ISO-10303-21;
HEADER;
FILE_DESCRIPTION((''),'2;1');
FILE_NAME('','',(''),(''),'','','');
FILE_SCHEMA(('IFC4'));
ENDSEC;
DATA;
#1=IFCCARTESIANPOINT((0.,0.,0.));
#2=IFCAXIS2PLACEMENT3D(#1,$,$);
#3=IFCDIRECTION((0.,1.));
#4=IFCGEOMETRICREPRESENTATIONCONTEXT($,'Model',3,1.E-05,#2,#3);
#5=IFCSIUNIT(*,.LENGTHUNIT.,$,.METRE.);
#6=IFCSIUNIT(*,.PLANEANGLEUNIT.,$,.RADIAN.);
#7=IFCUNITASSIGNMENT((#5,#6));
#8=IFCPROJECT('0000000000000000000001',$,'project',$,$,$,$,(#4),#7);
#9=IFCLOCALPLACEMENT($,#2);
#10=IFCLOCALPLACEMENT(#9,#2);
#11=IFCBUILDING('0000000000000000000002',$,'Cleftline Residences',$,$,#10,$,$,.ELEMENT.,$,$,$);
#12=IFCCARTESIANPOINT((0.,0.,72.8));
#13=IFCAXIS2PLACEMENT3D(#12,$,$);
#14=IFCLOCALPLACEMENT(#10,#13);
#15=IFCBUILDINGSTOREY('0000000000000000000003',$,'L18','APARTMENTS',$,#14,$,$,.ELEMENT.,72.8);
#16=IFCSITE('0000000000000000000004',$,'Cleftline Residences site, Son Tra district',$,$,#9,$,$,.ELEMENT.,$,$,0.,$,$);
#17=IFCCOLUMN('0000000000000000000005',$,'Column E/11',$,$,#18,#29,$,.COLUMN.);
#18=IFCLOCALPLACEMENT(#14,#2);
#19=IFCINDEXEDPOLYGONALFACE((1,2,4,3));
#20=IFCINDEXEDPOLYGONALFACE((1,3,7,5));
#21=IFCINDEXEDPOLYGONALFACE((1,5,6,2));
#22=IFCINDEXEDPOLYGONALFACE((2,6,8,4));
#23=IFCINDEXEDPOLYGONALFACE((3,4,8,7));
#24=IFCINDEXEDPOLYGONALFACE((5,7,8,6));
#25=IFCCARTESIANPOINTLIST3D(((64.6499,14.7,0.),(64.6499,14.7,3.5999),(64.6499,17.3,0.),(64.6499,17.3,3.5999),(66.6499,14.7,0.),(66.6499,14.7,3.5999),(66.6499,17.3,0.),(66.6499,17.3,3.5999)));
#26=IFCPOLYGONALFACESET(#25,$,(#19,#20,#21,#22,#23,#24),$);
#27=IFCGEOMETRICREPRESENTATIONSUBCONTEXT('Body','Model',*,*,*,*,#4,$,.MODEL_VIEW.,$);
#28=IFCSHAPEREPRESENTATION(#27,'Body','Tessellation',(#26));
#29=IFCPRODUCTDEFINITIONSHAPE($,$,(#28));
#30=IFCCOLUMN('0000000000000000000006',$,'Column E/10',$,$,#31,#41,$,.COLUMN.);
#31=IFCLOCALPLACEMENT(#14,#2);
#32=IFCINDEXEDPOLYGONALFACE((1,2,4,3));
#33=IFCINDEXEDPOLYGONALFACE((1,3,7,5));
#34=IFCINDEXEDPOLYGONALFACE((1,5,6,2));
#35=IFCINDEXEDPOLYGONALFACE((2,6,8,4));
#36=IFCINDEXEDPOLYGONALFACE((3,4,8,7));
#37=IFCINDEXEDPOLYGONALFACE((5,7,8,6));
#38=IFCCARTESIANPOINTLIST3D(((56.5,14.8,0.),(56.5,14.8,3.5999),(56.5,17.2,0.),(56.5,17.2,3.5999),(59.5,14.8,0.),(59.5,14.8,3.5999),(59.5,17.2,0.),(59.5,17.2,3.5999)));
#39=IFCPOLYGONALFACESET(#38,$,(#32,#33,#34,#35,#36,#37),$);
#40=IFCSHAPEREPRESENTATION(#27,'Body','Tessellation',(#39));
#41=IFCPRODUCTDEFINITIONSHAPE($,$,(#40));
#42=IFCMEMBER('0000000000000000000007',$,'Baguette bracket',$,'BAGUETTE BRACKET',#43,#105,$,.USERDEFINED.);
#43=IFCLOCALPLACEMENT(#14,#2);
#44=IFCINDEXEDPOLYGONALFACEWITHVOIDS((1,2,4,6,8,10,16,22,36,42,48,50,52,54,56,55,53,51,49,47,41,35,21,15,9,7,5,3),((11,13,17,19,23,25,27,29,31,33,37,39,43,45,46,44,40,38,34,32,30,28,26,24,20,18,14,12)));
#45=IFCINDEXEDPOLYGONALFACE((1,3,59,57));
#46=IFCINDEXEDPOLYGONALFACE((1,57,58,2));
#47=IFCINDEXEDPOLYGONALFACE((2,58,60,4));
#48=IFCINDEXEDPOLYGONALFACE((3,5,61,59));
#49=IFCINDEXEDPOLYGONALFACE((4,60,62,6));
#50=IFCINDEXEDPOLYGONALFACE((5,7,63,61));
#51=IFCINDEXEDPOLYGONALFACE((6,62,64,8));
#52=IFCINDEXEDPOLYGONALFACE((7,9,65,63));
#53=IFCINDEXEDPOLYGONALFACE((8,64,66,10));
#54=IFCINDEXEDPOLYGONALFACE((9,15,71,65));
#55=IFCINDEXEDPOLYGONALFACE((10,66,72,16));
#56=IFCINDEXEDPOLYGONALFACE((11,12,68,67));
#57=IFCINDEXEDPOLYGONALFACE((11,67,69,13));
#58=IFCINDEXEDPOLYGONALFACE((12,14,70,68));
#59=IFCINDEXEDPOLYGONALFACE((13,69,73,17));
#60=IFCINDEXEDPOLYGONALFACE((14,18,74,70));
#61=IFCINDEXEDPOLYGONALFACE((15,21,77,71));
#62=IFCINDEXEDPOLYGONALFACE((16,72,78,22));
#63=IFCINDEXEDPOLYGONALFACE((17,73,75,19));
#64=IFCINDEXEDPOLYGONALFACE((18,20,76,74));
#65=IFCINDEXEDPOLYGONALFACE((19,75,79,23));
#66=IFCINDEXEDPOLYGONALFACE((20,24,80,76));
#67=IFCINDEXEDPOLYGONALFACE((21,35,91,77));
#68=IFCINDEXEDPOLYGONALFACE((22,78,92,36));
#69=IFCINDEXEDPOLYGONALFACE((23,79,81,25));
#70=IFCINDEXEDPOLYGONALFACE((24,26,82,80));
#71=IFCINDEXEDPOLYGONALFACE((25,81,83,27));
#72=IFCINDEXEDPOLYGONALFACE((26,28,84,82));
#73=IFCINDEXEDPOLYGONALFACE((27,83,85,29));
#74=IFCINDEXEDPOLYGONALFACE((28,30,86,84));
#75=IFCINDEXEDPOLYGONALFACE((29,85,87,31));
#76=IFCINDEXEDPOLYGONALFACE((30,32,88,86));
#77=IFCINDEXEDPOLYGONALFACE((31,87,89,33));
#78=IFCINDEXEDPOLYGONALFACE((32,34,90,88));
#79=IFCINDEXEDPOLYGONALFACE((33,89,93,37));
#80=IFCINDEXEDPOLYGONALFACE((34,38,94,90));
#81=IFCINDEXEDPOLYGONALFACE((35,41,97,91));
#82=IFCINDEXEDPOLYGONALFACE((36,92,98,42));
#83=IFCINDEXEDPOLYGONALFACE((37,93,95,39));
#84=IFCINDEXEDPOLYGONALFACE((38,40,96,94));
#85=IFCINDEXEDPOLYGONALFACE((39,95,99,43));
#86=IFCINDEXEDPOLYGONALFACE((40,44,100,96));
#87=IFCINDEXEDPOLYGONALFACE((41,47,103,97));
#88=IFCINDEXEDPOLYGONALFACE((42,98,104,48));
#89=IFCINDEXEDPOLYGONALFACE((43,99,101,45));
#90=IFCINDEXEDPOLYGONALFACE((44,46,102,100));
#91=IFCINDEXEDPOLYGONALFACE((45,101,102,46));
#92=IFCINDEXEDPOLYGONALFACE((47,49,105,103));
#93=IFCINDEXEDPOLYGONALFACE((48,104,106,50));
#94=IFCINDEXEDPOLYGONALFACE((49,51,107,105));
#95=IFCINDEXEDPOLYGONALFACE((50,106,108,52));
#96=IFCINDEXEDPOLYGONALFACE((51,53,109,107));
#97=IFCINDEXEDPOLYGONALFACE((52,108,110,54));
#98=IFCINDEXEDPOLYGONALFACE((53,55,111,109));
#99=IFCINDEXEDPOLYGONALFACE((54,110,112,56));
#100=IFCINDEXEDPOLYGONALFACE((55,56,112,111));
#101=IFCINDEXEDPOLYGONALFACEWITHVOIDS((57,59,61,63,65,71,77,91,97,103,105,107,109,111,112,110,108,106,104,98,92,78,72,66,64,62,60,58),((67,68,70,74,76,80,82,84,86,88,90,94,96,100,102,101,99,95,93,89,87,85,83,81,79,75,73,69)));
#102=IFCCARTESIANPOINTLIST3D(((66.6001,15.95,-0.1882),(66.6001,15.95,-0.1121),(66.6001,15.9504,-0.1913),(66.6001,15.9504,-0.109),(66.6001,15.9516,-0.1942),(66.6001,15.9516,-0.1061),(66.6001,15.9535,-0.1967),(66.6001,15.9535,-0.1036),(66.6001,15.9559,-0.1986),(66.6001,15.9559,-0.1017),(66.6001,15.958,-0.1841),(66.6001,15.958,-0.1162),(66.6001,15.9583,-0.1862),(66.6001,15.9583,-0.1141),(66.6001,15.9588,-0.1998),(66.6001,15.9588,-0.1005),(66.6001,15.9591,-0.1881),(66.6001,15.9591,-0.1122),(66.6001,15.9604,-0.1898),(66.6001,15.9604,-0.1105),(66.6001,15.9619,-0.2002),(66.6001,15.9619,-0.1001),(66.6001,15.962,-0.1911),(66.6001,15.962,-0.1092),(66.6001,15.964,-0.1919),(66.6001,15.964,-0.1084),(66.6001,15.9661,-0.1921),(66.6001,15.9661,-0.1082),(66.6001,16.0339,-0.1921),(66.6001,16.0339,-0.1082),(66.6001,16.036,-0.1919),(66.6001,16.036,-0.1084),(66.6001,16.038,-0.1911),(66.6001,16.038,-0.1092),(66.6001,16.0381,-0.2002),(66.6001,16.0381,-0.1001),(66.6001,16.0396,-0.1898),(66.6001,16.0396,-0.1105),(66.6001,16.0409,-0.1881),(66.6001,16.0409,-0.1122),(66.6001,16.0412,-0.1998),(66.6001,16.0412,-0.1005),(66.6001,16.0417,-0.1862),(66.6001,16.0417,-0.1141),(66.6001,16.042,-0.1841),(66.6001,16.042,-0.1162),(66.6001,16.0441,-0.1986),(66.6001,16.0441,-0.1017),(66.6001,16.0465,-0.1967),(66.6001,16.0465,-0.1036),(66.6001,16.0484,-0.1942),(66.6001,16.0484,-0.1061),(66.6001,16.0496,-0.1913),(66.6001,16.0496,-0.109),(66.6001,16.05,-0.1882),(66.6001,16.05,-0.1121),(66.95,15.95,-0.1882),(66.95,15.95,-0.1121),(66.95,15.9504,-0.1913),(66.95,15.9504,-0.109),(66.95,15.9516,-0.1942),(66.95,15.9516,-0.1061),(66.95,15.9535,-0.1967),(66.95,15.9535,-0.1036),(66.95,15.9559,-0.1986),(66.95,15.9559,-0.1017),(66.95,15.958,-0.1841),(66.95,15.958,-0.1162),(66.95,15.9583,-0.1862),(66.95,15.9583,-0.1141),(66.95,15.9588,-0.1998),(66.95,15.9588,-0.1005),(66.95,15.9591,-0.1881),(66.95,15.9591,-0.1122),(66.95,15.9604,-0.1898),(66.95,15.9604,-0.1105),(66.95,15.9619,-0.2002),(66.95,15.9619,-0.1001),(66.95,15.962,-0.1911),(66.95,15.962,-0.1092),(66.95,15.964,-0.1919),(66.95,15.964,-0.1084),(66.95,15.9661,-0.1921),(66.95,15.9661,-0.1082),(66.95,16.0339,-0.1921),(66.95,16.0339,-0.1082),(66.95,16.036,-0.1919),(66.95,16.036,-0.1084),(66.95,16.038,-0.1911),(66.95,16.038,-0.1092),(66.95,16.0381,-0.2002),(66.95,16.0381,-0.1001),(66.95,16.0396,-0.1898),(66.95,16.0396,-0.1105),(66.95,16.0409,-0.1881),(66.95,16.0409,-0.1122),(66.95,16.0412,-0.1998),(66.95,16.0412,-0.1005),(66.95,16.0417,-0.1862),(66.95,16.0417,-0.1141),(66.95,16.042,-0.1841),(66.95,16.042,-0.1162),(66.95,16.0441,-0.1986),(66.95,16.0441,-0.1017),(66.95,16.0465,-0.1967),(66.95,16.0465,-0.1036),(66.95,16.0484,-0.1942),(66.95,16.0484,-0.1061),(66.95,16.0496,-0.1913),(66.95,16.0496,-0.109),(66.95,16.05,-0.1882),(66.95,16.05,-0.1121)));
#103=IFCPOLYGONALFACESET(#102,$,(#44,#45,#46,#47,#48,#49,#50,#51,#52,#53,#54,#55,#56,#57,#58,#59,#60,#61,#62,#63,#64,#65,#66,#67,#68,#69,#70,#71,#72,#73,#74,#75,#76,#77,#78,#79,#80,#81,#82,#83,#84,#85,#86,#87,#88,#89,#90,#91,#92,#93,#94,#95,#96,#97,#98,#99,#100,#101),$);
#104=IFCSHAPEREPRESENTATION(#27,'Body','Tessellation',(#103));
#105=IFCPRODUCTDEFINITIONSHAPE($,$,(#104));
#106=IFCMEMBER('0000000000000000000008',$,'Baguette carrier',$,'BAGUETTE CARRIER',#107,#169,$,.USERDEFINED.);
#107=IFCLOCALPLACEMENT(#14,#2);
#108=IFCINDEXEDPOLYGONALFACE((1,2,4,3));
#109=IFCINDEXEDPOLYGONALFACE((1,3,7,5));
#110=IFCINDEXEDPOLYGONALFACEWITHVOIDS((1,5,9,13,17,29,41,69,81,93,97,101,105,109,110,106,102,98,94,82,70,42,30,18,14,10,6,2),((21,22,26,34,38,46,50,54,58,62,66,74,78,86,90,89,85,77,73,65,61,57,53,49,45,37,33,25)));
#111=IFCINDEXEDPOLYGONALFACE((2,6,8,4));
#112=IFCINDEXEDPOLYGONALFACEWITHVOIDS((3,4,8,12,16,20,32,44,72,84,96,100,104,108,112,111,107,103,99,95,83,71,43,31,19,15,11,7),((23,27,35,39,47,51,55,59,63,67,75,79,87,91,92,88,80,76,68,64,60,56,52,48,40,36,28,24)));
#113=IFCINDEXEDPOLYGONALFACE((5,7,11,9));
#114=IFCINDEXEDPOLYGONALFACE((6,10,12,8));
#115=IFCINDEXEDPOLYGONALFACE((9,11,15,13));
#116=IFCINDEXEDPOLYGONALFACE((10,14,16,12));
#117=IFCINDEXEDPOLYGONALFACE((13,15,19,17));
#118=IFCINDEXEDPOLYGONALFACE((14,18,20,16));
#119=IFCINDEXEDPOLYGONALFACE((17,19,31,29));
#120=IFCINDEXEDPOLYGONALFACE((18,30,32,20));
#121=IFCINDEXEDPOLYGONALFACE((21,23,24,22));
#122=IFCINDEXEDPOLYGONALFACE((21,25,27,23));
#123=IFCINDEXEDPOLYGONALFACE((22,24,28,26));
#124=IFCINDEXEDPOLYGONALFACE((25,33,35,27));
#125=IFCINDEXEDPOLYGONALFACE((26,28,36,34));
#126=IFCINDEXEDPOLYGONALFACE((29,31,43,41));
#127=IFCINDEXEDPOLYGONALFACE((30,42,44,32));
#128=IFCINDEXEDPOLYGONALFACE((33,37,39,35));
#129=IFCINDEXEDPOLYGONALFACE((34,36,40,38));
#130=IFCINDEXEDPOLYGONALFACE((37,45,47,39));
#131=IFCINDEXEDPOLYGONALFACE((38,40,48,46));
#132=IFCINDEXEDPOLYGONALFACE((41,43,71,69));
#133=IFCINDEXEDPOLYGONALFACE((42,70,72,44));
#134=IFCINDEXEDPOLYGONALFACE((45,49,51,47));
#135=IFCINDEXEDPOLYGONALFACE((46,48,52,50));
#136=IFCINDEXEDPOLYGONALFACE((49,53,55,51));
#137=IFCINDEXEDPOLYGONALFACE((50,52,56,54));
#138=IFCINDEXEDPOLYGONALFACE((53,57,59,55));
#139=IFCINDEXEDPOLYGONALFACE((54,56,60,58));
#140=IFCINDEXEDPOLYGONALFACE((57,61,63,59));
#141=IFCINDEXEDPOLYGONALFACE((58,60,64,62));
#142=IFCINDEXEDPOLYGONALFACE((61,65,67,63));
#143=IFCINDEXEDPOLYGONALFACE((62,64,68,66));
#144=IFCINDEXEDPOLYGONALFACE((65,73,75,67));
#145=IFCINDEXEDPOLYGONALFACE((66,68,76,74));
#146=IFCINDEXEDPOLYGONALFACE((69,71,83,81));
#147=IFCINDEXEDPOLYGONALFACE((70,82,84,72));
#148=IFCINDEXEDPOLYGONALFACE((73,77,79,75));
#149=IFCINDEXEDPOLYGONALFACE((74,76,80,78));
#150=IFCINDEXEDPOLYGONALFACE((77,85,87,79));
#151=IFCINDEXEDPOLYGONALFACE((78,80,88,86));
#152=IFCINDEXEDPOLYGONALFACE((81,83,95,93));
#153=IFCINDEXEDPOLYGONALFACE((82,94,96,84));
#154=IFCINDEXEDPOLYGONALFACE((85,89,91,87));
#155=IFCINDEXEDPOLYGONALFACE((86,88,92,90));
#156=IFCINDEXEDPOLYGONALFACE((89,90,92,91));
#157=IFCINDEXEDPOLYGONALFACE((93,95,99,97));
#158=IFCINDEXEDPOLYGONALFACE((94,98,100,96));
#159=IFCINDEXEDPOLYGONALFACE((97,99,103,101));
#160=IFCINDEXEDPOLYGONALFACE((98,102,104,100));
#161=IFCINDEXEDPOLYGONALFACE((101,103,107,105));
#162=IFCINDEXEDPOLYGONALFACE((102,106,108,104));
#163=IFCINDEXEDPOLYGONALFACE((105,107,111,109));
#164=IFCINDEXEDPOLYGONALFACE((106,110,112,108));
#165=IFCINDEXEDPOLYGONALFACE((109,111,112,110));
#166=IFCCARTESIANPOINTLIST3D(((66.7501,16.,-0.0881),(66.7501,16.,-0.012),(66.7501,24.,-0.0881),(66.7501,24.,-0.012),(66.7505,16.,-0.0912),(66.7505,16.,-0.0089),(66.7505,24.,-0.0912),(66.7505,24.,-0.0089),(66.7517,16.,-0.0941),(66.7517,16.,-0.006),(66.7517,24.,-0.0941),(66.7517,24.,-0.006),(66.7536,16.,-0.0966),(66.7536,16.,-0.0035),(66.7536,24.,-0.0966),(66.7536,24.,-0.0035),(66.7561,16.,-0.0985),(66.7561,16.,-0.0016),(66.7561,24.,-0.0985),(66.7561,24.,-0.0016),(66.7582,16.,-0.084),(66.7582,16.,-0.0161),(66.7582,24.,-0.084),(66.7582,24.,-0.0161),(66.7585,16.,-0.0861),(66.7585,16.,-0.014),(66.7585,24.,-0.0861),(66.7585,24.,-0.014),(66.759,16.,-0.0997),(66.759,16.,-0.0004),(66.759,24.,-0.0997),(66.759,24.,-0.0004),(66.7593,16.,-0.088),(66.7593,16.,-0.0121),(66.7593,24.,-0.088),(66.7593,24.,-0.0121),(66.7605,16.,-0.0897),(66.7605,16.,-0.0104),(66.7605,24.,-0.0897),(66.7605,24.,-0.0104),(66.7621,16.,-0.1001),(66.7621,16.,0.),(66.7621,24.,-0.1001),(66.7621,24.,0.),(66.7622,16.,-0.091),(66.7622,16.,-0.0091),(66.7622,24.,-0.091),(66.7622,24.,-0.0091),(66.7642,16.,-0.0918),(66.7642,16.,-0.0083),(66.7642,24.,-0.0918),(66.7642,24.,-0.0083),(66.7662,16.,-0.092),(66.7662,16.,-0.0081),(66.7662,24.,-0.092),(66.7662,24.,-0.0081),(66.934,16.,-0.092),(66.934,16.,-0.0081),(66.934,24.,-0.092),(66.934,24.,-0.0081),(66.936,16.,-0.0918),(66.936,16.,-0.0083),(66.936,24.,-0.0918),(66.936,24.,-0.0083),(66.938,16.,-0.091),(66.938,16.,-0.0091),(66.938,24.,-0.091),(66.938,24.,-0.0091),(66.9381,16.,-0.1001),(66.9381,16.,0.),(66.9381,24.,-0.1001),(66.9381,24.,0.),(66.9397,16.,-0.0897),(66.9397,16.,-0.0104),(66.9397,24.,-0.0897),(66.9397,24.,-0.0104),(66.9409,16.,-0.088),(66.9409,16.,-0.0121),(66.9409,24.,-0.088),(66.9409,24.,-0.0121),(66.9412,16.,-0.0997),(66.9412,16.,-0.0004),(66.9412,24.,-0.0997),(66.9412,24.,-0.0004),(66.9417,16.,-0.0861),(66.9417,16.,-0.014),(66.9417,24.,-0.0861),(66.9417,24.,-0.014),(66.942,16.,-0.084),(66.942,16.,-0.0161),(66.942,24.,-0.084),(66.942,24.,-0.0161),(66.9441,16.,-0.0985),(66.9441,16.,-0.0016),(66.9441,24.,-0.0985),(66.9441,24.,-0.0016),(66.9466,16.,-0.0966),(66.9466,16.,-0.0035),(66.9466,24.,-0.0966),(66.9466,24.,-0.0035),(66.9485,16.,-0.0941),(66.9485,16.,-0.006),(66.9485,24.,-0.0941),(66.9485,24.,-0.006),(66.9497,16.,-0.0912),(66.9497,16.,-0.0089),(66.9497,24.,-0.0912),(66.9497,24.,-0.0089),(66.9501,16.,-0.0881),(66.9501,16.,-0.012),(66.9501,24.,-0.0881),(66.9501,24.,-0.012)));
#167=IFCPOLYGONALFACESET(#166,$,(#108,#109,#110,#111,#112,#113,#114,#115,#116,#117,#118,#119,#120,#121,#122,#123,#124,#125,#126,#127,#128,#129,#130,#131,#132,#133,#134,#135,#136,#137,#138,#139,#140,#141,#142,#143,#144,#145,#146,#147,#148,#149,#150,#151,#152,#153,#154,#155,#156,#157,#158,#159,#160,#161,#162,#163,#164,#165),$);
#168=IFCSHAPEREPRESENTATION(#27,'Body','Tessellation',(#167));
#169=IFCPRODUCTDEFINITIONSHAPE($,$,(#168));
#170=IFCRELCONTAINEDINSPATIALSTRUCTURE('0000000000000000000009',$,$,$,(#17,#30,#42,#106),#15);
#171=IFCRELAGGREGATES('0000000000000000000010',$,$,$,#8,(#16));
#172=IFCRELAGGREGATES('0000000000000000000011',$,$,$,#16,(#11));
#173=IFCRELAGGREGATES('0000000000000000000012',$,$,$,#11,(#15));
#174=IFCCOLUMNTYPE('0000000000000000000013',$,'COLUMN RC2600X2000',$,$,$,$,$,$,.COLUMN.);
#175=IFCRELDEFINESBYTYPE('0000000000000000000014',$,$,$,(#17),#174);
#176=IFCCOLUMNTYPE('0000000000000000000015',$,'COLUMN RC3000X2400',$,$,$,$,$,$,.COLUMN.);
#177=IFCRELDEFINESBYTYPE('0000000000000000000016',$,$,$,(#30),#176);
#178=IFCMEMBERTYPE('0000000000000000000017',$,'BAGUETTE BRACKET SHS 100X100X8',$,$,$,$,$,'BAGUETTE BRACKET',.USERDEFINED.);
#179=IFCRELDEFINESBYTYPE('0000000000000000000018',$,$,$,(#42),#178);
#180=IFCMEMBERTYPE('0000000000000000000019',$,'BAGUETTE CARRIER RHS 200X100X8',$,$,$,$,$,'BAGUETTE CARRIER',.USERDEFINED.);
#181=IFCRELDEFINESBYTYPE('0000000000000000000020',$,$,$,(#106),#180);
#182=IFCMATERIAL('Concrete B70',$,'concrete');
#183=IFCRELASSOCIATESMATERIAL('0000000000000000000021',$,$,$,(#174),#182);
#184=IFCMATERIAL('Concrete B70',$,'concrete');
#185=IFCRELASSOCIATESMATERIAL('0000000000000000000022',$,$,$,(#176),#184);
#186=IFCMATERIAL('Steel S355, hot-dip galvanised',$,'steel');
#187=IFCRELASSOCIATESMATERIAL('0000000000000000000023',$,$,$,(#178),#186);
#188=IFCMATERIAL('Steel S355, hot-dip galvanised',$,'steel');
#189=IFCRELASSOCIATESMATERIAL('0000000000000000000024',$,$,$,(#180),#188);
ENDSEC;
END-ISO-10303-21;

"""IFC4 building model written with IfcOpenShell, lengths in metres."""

from ifc_helpers import new_model, si_unit, direction, frame, origin, origin_2d, place, context, subcontext, project, spatial, rectangle, hollow_rectangle, extrude, material, material_profile, profile_set, type_object, element, save


model = new_model("IFC4")

# Units and contexts
model_context = context("Model", 3, precision=1e-05, world=origin(), true_north=direction((0.0, 1.0)))
body_context = subcontext(model_context, "Body", "Model", "MODEL_VIEW")
ifc_project = project(units=[si_unit("LENGTHUNIT", "METRE"), si_unit("PLANEANGLEUNIT", "RADIAN")], contexts=[model_context])

# Site, building, storey
site_placement = place(None, origin())
site = spatial("IfcSite", under=ifc_project, at=site_placement, Name="Cleftline Residences site, Son Tra district", CompositionType="ELEMENT", RefElevation=0.0)
building_placement = place(site_placement, origin())
building = spatial("IfcBuilding", under=site, at=building_placement, Name="Cleftline Residences", CompositionType="ELEMENT")
storey_placement = place(building_placement, frame((0.0, 0.0, 72.8)))
storey = spatial("IfcBuildingStorey", under=building, at=storey_placement, Name="L18", Description="APARTMENTS", CompositionType="ELEMENT", Elevation=72.8)

# Columns
ifc_material_1 = material(Name="Concrete B70", Category="concrete")
ifc_material_profile_1 = material_profile(ifc_material_1, rectangle(XDim=2.6001, YDim=2.0, at=origin_2d()))
ifc_profile_set_1 = profile_set([ifc_material_profile_1], Name="Concrete B70")
column_type_1 = type_object("IfcColumnType", Name="COLUMN RC2600X2000", PredefinedType="COLUMN", material=ifc_profile_set_1)
column_1_placement = place(storey_placement, frame((65.6499, 16.0, 0.0), z_axis=(0.0, 0.0, 1.0), x_axis=(0.0, 1.0, 0.0)))
element("IfcColumn", 1, at=column_1_placement, inside=storey, type_object=column_type_1, Name="Column E/11", PredefinedType="COLUMN", context=body_context, shape_type="SweptSolid", body=[
    extrude(rectangle(XDim=2.6001, YDim=2.0, at=origin_2d()), origin(), (0.0, 0.0, 1.0), 3.5999),
])
ifc_material_2 = material(Name="Concrete B70", Category="concrete")
ifc_material_profile_2 = material_profile(ifc_material_2, rectangle(XDim=3.0, YDim=2.3999, at=origin_2d()))
ifc_profile_set_2 = profile_set([ifc_material_profile_2], Name="Concrete B70")
column_type_2 = type_object("IfcColumnType", Name="COLUMN RC3000X2400", PredefinedType="COLUMN", material=ifc_profile_set_2)
column_2_placement = place(storey_placement, frame((58.0, 16.0, 0.0), z_axis=(0.0, 0.0, 1.0), x_axis=(1.0, 0.0, 0.0)))
element("IfcColumn", 2, at=column_2_placement, inside=storey, type_object=column_type_2, Name="Column E/10", PredefinedType="COLUMN", context=body_context, shape_type="SweptSolid", body=[
    extrude(rectangle(XDim=3.0, YDim=2.3999, at=origin_2d()), origin(), (0.0, 0.0, 1.0), 3.5999),
])

# Members
ifc_material_3 = material(Name="Steel S355, hot-dip galvanised", Category="steel")
ifc_material_profile_3 = material_profile(ifc_material_3, hollow_rectangle(XDim=0.1001, YDim=0.1001, WallThickness=0.0081, InnerFilletRadius=0.0081, OuterFilletRadius=0.012, at=origin_2d()))
ifc_profile_set_3 = profile_set([ifc_material_profile_3], Name="Steel S355, hot-dip galvanised")
member_type_1 = type_object("IfcMemberType", Name="BAGUETTE BRACKET SHS 100X100X8", ElementType="BAGUETTE BRACKET", PredefinedType="USERDEFINED", material=ifc_profile_set_3)
member_1_placement = place(storey_placement, frame((66.6001, 16.0, -0.1501), z_axis=(1.0, 0.0, 0.0), x_axis=(0.0, 1.0, 0.0)))
element("IfcMember", 3, at=member_1_placement, inside=storey, type_object=member_type_1, Name="Baguette bracket", ObjectType="BAGUETTE BRACKET", PredefinedType="USERDEFINED", context=body_context, shape_type="SweptSolid", body=[
    extrude(hollow_rectangle(XDim=0.1001, YDim=0.1001, WallThickness=0.0081, InnerFilletRadius=0.0081, OuterFilletRadius=0.012, at=origin_2d()), origin(), (0.0, 0.0, 1.0), 0.3499),
])
ifc_material_4 = material(Name="Steel S355, hot-dip galvanised", Category="steel")
ifc_material_profile_4 = material_profile(ifc_material_4, hollow_rectangle(XDim=0.1001, YDim=0.2, WallThickness=0.0081, InnerFilletRadius=0.0081, OuterFilletRadius=0.012, at=origin_2d()))
ifc_profile_set_4 = profile_set([ifc_material_profile_4], Name="Steel S355, hot-dip galvanised")
member_type_2 = type_object("IfcMemberType", Name="BAGUETTE CARRIER RHS 200X100X8", ElementType="BAGUETTE CARRIER", PredefinedType="USERDEFINED", material=ifc_profile_set_4)
member_2_placement = place(storey_placement, frame((66.8501, 16.0, -0.05), z_axis=(0.0, 1.0, 0.0), x_axis=(0.0, 0.0, 1.0)))
element("IfcMember", 4, at=member_2_placement, inside=storey, type_object=member_type_2, Name="Baguette carrier", ObjectType="BAGUETTE CARRIER", PredefinedType="USERDEFINED", context=body_context, shape_type="SweptSolid", body=[
    extrude(hollow_rectangle(XDim=0.1001, YDim=0.2, WallThickness=0.0081, InnerFilletRadius=0.0081, OuterFilletRadius=0.012, at=origin_2d()), origin(), (0.0, 0.0, 1.0), 8.0),
])

save(model, "model.ifc")
